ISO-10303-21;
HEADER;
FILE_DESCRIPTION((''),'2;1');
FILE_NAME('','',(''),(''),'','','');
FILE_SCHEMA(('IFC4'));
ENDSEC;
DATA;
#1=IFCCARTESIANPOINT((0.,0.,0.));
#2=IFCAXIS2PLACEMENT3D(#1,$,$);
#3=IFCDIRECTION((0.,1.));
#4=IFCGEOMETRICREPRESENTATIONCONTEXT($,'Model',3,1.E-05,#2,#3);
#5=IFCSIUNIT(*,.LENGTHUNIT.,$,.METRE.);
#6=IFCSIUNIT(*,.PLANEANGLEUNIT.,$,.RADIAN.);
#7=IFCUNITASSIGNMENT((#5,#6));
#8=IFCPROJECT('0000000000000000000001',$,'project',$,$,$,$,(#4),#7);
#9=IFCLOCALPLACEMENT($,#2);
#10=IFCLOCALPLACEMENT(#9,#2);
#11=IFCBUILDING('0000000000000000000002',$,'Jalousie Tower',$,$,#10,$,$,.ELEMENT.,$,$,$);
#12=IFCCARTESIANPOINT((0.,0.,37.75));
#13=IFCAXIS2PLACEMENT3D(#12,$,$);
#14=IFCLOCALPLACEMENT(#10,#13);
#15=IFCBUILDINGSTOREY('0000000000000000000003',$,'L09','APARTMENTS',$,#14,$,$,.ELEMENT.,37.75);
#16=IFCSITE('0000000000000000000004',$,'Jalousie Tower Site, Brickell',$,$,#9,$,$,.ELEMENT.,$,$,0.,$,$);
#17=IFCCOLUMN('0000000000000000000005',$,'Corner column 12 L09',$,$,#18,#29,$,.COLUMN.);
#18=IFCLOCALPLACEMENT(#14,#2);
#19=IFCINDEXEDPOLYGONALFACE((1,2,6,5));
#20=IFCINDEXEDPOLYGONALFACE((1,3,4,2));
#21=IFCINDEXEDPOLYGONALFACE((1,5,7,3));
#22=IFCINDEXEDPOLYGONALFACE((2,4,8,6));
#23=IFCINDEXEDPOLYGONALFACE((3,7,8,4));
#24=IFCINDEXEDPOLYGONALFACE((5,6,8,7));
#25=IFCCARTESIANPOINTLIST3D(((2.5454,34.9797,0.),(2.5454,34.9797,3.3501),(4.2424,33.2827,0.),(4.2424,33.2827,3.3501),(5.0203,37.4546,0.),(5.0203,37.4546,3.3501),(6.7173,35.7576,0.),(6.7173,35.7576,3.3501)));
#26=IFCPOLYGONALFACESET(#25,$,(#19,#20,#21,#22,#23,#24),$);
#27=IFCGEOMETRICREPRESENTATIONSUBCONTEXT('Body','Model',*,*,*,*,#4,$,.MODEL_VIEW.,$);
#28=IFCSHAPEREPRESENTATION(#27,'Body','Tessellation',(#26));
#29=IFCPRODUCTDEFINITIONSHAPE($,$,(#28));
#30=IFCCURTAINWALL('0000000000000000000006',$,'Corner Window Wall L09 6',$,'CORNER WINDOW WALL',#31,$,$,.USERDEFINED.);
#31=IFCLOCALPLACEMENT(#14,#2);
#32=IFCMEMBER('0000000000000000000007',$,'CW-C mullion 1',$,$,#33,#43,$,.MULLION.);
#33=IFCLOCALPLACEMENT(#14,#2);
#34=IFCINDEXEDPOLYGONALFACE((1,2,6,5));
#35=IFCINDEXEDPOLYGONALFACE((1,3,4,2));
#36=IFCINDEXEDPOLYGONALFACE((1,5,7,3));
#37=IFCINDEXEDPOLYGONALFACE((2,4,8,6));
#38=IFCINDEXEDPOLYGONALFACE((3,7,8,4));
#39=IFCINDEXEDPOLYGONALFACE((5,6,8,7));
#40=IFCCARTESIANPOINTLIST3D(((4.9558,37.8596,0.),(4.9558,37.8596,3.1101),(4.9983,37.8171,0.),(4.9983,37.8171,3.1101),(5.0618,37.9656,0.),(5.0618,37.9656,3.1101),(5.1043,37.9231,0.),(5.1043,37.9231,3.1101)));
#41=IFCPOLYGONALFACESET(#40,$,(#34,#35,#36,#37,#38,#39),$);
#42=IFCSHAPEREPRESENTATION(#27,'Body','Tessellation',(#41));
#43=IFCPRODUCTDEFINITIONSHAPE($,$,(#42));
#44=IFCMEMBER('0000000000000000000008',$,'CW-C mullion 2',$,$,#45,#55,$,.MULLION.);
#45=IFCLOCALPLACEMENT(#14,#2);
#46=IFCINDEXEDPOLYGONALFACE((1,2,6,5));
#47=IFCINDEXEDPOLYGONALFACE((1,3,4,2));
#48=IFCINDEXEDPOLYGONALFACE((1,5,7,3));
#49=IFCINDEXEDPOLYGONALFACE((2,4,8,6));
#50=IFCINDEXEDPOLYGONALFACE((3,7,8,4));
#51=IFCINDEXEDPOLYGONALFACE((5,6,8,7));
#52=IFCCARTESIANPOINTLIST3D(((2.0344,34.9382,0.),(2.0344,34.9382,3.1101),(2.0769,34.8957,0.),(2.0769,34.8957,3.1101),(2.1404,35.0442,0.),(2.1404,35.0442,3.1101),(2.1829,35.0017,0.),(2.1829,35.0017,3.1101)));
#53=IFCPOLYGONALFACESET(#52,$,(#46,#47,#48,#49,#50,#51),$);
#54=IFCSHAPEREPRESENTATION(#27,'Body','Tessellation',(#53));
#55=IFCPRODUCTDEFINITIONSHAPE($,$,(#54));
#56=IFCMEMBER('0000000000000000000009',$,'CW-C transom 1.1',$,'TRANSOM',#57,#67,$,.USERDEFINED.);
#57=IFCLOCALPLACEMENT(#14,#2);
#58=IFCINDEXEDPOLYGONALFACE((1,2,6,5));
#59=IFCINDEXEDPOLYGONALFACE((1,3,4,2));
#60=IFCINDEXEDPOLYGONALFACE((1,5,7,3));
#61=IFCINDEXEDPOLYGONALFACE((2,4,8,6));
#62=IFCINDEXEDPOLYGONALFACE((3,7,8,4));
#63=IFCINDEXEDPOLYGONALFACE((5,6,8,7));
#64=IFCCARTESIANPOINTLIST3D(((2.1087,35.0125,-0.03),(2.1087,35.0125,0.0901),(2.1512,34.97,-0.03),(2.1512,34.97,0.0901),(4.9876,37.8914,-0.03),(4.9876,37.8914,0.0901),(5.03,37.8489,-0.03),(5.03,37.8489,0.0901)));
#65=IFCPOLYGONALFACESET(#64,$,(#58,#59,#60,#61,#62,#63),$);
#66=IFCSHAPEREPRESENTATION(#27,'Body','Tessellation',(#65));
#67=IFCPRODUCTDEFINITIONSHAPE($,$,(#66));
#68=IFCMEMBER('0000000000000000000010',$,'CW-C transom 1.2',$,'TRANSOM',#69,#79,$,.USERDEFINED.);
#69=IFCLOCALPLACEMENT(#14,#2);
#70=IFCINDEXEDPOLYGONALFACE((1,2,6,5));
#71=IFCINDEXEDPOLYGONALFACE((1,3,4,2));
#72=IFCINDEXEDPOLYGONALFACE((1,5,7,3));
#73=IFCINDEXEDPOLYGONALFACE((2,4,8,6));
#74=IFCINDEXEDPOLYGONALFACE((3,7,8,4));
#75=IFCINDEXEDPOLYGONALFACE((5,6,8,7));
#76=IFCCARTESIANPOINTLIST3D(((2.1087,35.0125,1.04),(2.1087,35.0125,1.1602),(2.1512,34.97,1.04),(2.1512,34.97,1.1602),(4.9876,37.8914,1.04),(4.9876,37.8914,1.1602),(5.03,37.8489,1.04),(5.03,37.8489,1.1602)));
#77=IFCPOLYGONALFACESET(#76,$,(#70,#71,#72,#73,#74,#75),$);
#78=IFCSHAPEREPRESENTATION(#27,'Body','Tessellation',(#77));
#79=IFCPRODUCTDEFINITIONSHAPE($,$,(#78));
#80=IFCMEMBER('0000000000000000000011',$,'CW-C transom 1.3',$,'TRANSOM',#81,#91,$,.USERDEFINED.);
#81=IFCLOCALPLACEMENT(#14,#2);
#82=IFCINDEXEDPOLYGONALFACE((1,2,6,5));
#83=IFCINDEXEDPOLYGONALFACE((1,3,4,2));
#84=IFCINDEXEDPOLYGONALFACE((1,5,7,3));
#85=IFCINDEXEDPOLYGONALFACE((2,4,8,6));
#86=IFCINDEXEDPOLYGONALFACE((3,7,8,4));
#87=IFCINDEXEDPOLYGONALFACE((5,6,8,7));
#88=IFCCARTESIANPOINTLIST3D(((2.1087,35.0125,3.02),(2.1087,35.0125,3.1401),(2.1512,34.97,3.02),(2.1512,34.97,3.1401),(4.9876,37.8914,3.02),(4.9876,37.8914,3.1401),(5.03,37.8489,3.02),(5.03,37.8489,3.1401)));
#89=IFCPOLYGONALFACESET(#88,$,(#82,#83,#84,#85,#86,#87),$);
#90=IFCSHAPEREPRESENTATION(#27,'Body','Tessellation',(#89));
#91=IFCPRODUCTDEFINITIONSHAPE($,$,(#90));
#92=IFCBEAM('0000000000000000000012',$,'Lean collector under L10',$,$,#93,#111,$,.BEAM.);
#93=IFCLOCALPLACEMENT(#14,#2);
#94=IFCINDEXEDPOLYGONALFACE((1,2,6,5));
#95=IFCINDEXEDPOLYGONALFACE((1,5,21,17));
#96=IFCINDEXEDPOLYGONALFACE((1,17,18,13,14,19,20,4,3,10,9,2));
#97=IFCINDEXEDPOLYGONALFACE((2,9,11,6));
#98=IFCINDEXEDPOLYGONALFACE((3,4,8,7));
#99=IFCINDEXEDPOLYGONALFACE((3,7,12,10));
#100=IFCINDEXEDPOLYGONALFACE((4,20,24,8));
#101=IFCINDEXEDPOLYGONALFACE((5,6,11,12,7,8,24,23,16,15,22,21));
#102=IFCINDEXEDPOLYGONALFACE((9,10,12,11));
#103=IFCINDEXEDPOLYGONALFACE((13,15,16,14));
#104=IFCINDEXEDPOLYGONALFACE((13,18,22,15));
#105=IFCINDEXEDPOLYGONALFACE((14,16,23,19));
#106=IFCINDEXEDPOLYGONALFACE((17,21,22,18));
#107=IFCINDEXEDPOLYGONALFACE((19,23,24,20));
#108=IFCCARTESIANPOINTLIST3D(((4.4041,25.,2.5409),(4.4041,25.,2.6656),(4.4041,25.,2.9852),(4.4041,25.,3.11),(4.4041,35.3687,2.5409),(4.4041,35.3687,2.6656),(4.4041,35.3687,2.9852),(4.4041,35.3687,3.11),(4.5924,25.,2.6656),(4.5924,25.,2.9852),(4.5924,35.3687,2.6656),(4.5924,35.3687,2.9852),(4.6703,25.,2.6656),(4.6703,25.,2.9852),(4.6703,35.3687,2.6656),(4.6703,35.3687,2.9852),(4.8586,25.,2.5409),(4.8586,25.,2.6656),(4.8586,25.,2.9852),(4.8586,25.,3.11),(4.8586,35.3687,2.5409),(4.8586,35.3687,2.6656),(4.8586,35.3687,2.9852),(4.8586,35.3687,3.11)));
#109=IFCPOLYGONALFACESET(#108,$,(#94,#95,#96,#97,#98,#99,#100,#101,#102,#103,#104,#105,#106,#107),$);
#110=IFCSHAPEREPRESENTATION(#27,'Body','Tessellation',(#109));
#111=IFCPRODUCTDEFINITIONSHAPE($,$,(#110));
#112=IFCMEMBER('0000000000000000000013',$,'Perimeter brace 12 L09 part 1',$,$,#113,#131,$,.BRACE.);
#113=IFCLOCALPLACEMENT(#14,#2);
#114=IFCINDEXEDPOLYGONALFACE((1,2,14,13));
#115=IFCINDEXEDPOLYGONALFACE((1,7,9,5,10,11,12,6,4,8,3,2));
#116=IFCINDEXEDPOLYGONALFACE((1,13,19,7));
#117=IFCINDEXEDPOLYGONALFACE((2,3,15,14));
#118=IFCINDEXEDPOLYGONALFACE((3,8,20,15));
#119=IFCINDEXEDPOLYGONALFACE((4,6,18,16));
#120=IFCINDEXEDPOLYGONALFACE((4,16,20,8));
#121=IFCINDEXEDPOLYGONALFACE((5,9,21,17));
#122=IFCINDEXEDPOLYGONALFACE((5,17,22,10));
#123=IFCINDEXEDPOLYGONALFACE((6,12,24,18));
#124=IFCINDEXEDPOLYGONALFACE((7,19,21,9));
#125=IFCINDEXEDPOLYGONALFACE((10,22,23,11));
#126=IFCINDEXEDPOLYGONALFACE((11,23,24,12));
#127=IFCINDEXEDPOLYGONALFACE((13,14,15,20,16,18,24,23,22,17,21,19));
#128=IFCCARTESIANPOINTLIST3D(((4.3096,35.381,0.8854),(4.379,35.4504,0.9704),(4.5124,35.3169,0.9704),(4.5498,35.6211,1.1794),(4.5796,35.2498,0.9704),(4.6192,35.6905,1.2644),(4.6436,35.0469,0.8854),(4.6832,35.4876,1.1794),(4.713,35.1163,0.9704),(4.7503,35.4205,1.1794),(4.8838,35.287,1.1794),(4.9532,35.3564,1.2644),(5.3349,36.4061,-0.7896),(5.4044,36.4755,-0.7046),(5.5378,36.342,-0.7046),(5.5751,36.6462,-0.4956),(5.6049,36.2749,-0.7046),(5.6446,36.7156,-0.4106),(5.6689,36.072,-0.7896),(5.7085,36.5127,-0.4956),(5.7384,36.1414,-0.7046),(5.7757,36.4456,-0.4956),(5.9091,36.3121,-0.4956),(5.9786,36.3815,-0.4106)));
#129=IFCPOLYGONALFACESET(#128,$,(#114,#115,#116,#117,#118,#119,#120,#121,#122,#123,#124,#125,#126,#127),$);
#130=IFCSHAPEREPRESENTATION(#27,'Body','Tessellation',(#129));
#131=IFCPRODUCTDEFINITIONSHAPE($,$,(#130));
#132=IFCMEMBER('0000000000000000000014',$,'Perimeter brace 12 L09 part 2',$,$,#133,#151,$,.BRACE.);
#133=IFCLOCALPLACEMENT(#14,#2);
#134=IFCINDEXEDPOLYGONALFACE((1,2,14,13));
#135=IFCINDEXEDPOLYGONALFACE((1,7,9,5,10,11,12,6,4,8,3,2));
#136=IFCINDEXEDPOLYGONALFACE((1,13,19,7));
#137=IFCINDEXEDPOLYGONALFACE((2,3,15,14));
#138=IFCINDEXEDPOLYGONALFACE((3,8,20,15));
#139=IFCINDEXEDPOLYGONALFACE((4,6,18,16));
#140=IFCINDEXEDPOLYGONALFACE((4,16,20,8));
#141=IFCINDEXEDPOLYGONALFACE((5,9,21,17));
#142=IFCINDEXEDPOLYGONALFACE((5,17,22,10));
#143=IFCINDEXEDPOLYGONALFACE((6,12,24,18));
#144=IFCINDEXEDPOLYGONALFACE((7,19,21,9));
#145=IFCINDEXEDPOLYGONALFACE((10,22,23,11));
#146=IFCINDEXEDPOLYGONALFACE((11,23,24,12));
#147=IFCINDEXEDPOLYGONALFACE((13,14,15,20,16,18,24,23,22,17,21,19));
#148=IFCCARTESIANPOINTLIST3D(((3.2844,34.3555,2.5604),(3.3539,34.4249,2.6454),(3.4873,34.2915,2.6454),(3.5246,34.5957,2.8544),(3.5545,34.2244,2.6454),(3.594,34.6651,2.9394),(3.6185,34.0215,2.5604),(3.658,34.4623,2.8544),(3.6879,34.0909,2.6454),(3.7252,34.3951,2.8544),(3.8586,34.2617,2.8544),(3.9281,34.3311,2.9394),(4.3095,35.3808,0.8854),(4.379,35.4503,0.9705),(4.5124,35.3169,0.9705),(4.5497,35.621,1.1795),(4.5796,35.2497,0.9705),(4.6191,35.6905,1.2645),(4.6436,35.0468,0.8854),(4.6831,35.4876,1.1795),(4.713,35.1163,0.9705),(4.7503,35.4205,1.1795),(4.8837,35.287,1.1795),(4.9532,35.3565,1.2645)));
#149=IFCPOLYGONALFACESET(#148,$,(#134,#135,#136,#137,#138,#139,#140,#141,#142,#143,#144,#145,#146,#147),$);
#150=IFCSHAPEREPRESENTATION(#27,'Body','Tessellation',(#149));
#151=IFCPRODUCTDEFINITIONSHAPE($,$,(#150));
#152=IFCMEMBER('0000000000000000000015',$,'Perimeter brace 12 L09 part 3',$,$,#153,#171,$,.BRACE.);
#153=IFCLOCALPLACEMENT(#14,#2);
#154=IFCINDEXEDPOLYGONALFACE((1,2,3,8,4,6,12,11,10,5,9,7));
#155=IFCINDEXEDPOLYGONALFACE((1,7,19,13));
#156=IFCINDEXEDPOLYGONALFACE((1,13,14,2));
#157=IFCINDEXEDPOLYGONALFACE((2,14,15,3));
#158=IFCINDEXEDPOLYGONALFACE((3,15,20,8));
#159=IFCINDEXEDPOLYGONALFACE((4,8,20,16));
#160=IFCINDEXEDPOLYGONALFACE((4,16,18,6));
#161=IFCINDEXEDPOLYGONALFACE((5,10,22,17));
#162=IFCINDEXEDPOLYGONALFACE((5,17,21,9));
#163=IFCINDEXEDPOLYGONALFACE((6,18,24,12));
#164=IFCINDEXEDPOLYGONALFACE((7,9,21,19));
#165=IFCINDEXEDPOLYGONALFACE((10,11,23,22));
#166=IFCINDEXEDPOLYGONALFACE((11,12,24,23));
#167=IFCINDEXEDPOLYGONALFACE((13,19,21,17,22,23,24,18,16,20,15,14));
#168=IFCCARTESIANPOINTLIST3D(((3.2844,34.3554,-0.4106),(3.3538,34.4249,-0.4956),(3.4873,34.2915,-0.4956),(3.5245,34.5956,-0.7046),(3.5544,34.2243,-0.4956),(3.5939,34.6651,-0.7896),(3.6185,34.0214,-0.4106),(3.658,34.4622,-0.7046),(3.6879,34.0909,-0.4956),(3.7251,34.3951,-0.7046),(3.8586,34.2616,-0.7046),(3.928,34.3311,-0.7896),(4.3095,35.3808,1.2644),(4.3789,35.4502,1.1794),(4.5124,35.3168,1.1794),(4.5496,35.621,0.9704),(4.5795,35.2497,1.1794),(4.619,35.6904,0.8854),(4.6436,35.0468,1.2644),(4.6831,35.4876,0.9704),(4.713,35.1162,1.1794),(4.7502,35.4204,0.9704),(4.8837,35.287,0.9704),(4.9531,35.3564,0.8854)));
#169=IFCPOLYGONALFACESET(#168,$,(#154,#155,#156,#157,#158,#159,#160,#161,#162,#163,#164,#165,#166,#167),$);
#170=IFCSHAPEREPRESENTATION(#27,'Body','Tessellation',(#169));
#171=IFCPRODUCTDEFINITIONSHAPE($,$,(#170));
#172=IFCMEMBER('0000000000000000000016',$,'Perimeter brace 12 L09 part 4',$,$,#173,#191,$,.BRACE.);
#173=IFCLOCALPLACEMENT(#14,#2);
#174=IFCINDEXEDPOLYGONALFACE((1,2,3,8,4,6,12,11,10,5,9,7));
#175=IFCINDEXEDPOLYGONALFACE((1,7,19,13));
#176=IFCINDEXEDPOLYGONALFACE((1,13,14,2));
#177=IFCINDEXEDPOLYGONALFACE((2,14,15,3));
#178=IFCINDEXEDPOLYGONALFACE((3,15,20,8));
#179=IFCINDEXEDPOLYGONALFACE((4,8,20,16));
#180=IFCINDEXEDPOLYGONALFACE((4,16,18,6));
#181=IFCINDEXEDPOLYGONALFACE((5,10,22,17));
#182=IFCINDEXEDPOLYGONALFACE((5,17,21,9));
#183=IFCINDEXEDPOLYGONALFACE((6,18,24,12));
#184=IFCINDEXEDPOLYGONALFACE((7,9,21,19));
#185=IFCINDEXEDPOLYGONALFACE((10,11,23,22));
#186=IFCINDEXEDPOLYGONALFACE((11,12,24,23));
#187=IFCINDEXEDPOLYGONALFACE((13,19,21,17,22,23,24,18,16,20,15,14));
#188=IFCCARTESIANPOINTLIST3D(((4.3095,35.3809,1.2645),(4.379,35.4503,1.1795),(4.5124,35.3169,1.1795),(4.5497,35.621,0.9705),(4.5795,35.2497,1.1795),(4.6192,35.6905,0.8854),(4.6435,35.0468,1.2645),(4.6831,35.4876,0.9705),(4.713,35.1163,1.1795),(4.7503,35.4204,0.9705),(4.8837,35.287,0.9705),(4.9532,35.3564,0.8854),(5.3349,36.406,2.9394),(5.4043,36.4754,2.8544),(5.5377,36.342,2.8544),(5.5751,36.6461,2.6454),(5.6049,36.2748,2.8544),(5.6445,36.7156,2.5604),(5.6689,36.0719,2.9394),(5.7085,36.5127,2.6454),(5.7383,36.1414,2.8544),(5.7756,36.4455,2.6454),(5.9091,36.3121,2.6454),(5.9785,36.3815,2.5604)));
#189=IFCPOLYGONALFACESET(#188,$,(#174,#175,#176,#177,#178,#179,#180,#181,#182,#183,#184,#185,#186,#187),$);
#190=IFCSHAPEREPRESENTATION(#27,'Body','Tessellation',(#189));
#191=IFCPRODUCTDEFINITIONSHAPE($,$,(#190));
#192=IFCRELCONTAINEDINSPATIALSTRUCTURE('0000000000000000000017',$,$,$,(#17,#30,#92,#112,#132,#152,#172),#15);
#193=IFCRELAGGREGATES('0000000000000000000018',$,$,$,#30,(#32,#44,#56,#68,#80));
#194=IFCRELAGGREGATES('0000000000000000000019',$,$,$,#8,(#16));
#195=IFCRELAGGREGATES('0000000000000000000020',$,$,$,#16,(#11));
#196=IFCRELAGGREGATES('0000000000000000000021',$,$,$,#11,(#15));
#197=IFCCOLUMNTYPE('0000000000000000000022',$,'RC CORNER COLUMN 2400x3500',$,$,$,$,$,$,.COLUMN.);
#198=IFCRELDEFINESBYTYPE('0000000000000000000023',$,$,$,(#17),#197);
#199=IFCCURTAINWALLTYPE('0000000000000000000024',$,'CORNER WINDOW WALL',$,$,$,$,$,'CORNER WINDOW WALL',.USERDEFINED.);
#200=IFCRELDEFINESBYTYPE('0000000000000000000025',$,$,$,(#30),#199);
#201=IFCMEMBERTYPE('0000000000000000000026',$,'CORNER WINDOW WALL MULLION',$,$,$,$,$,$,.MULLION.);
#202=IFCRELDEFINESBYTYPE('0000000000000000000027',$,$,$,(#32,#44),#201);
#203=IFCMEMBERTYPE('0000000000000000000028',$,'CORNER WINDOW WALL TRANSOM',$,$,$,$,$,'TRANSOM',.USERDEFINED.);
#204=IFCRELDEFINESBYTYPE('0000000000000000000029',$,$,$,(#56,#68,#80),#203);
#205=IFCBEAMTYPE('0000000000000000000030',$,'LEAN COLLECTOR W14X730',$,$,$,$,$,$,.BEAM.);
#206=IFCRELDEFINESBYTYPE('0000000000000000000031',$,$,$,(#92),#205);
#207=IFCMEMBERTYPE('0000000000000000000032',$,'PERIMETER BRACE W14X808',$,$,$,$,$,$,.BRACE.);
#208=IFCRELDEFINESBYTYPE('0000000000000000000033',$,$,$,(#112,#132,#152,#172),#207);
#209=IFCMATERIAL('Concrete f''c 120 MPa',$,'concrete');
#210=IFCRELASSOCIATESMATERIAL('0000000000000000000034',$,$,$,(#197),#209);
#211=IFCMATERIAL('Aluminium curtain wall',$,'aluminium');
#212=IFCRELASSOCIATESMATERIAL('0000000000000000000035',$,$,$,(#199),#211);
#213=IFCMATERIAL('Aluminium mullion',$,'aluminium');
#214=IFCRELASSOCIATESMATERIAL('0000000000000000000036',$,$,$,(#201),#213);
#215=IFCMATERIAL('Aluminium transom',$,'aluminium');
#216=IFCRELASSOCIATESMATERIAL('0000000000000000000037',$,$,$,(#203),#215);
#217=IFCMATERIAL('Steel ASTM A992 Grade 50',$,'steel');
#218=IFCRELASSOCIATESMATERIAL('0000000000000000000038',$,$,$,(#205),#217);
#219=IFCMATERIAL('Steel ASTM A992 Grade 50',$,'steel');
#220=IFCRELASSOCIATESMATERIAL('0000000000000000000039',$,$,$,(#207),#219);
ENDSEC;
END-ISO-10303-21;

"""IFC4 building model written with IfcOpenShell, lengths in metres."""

from ifc_helpers import new_model, si_unit, direction, frame, origin, origin_2d, place, context, subcontext, project, spatial, rectangle, i_section, extrude, material, material_profile, profile_set, type_object, element, aggregate, save


model = new_model("IFC4")

# Units and contexts
model_context = context("Model", 3, precision=1e-05, world=origin(), true_north=direction((0.0, 1.0)))
body_context = subcontext(model_context, "Body", "Model", "MODEL_VIEW")
ifc_project = project(units=[si_unit("LENGTHUNIT", "METRE"), si_unit("PLANEANGLEUNIT", "RADIAN")], contexts=[model_context])

# Site, building, storey
site_placement = place(None, origin())
site = spatial("IfcSite", under=ifc_project, at=site_placement, Name="Jalousie Tower Site, Brickell", CompositionType="ELEMENT", RefElevation=0.0)
building_placement = place(site_placement, origin())
building = spatial("IfcBuilding", under=site, at=building_placement, Name="Jalousie Tower", CompositionType="ELEMENT")
storey_placement = place(building_placement, frame((0.0, 0.0, 37.75)))
storey = spatial("IfcBuildingStorey", under=building, at=storey_placement, Name="L09", Description="APARTMENTS", CompositionType="ELEMENT", Elevation=37.75)

# Column
ifc_material_1 = material(Name="Concrete f'c 120 MPa", Category="concrete")
ifc_material_profile_1 = material_profile(ifc_material_1, rectangle(XDim=2.3999, YDim=3.5, at=origin_2d()), Name="RC 2400x3500")
ifc_profile_set_1 = profile_set([ifc_material_profile_1], Name="Concrete f'c 120 MPa")
column_type = type_object("IfcColumnType", Name="RC CORNER COLUMN 2400x3500", PredefinedType="COLUMN", material=ifc_profile_set_1)
column_placement = place(storey_placement, frame((4.6313, 35.3687, 0.0), z_axis=(0.0, 0.0, 1.0), x_axis=(0.707107, -0.707107, 0.0)))
element("IfcColumn", 1, at=column_placement, inside=storey, type_object=column_type, Name="Corner column 12 L09", PredefinedType="COLUMN", context=body_context, shape_type="SweptSolid", body=[
    extrude(rectangle(XDim=2.3999, YDim=3.5, at=origin_2d()), origin(), (0.0, 0.0, 1.0), 3.3501),
])

# Curtain wall, members
ifc_material_2 = material(Name="Aluminium curtain wall", Category="aluminium")
curtain_wall_type_1 = type_object("IfcCurtainWallType", Name="CORNER WINDOW WALL", ElementType="CORNER WINDOW WALL", PredefinedType="USERDEFINED", material=ifc_material_2)
curtain_wall_1_placement = place(storey_placement, origin())
curtain_wall_1 = element("IfcCurtainWall", 2, at=curtain_wall_1_placement, inside=storey, type_object=curtain_wall_type_1, Name="Corner Window Wall L09 6", ObjectType="CORNER WINDOW WALL", PredefinedType="USERDEFINED")
ifc_material_3 = material(Name="Aluminium mullion", Category="aluminium")
ifc_material_profile_2 = material_profile(ifc_material_3, rectangle(XDim=0.0601, YDim=0.1499, at=origin_2d()), Name="MULLION 60x150")
ifc_profile_set_2 = profile_set([ifc_material_profile_2], Name="Aluminium mullion")
member_type_1 = type_object("IfcMemberType", Name="CORNER WINDOW WALL MULLION", PredefinedType="MULLION", material=ifc_profile_set_2)
member_1_placement = place(storey_placement, frame((5.03, 37.8914, 0.0), z_axis=(0.0, 0.0, 1.0), x_axis=(0.707107, -0.707107, 0.0)))
member_1 = element("IfcMember", 3, at=member_1_placement, type_object=member_type_1, Name="CW-C mullion 1", PredefinedType="MULLION", context=body_context, shape_type="SweptSolid", body=[
    extrude(rectangle(XDim=0.0601, YDim=0.1499, at=origin_2d()), origin(), (0.0, 0.0, 1.0), 3.1101),
])
member_2_placement = place(storey_placement, frame((2.1086, 34.97, 0.0), z_axis=(0.0, 0.0, 1.0), x_axis=(0.707107, -0.707107, 0.0)))
member_2 = element("IfcMember", 4, at=member_2_placement, type_object=member_type_1, Name="CW-C mullion 2", PredefinedType="MULLION", context=body_context, shape_type="SweptSolid", body=[
    extrude(rectangle(XDim=0.0601, YDim=0.1499, at=origin_2d()), origin(), (0.0, 0.0, 1.0), 3.1101),
])
ifc_material_4 = material(Name="Aluminium transom", Category="aluminium")
ifc_material_profile_3 = material_profile(ifc_material_4, rectangle(XDim=0.0601, YDim=0.1201, at=origin_2d()), Name="TRANSOM 60x120")
ifc_profile_set_3 = profile_set([ifc_material_profile_3], Name="Aluminium transom")
member_type_2 = type_object("IfcMemberType", Name="CORNER WINDOW WALL TRANSOM", ElementType="TRANSOM", PredefinedType="USERDEFINED", material=ifc_profile_set_3)
member_3_placement = place(storey_placement, frame((5.0088, 37.8701, 0.03), z_axis=(-0.707107, -0.707107, 0.0), x_axis=(0.707107, -0.707107, 0.0)))
member_3 = element("IfcMember", 5, at=member_3_placement, type_object=member_type_2, Name="CW-C transom 1.1", ObjectType="TRANSOM", PredefinedType="USERDEFINED", context=body_context, shape_type="SweptSolid", body=[
    extrude(rectangle(XDim=0.0601, YDim=0.1201, at=origin_2d()), origin(), (0.0, 0.0, 1.0), 4.0713),
])
member_4_placement = place(storey_placement, frame((5.0088, 37.8701, 1.1001), z_axis=(-0.707107, -0.707107, 0.0), x_axis=(0.707107, -0.707107, 0.0)))
member_4 = element("IfcMember", 6, at=member_4_placement, type_object=member_type_2, Name="CW-C transom 1.2", ObjectType="TRANSOM", PredefinedType="USERDEFINED", context=body_context, shape_type="SweptSolid", body=[
    extrude(rectangle(XDim=0.0601, YDim=0.1201, at=origin_2d()), origin(), (0.0, 0.0, 1.0), 4.0713),
])
member_5_placement = place(storey_placement, frame((5.0088, 37.8701, 3.0801), z_axis=(-0.707107, -0.707107, 0.0), x_axis=(0.707107, -0.707107, 0.0)))
member_5 = element("IfcMember", 7, at=member_5_placement, type_object=member_type_2, Name="CW-C transom 1.3", ObjectType="TRANSOM", PredefinedType="USERDEFINED", context=body_context, shape_type="SweptSolid", body=[
    extrude(rectangle(XDim=0.0601, YDim=0.1201, at=origin_2d()), origin(), (0.0, 0.0, 1.0), 4.0713),
])

# Beam
ifc_material_5 = material(Name="Steel ASTM A992 Grade 50", Category="steel")
ifc_material_profile_4 = material_profile(ifc_material_5, i_section(OverallWidth=0.4546, OverallDepth=0.5691, WebThickness=0.0779, FlangeThickness=0.1248, at=origin_2d()), Name="W14X730")
ifc_profile_set_4 = profile_set([ifc_material_profile_4], Name="Steel ASTM A992 Grade 50")
beam_type_1 = type_object("IfcBeamType", Name="LEAN COLLECTOR W14X730", PredefinedType="BEAM", material=ifc_profile_set_4)
beam_1_placement = place(storey_placement, frame((4.6313, 35.3687, 2.8254), z_axis=(0.0, -1.0, 0.0), x_axis=(1.0, 0.0, 0.0)))
element("IfcBeam", 8, at=beam_1_placement, inside=storey, type_object=beam_type_1, Name="Lean collector under L10", PredefinedType="BEAM", context=body_context, shape_type="SweptSolid", body=[
    extrude(i_section(OverallWidth=0.4546, OverallDepth=0.5691, WebThickness=0.0779, FlangeThickness=0.1248, at=origin_2d()), origin(), (0.0, 0.0, 1.0), 10.3687),
])

# Members
ifc_material_6 = material(Name="Steel ASTM A992 Grade 50", Category="steel")
ifc_material_profile_5 = material_profile(ifc_material_6, i_section(OverallWidth=0.4724, OverallDepth=0.5791, WebThickness=0.095, FlangeThickness=0.1299, at=origin_2d()), Name="W14X808")
ifc_profile_set_5 = profile_set([ifc_material_profile_5], Name="Steel ASTM A992 Grade 50")
member_type_3 = type_object("IfcMemberType", Name="PERIMETER BRACE W14X808", PredefinedType="BRACE", material=ifc_profile_set_5)
for number, where, z_axis, x_axis, name in (
    (9, (5.6567, 36.3938, -0.6001), (-0.46284, -0.46273, 0.756082), (0.707023, -0.707191, 0.0), "Perimeter brace 12 L09 part 1"),
    (10, (4.6313, 35.3687, 1.075), (-0.46273, -0.46284, 0.756082), (0.707191, -0.707023, 0.0), "Perimeter brace 12 L09 part 2"),
    (11, (3.6062, 34.3433, -0.6001), (0.46273, 0.46284, 0.756082), (-0.707191, 0.707023, 0.0), "Perimeter brace 12 L09 part 3"),
    (12, (4.6313, 35.3687, 1.075), (0.46284, 0.46273, 0.756082), (-0.707023, 0.707191, 0.0), "Perimeter brace 12 L09 part 4"),
):
    element("IfcMember", number, at=place(storey_placement, frame(where, z_axis=z_axis, x_axis=x_axis)), inside=storey, type_object=member_type_3, Name=name, PredefinedType="BRACE", context=body_context, shape_type="SweptSolid", body=[
        extrude(i_section(OverallWidth=0.4724, OverallDepth=0.5791, WebThickness=0.095, FlangeThickness=0.1299, at=origin_2d()), origin(), (0.0, 0.0, 1.0), 2.2153),
    ])

aggregate(curtain_wall_1, [member_1, member_2, member_3, member_4, member_5])

save(model, "model.ifc")
